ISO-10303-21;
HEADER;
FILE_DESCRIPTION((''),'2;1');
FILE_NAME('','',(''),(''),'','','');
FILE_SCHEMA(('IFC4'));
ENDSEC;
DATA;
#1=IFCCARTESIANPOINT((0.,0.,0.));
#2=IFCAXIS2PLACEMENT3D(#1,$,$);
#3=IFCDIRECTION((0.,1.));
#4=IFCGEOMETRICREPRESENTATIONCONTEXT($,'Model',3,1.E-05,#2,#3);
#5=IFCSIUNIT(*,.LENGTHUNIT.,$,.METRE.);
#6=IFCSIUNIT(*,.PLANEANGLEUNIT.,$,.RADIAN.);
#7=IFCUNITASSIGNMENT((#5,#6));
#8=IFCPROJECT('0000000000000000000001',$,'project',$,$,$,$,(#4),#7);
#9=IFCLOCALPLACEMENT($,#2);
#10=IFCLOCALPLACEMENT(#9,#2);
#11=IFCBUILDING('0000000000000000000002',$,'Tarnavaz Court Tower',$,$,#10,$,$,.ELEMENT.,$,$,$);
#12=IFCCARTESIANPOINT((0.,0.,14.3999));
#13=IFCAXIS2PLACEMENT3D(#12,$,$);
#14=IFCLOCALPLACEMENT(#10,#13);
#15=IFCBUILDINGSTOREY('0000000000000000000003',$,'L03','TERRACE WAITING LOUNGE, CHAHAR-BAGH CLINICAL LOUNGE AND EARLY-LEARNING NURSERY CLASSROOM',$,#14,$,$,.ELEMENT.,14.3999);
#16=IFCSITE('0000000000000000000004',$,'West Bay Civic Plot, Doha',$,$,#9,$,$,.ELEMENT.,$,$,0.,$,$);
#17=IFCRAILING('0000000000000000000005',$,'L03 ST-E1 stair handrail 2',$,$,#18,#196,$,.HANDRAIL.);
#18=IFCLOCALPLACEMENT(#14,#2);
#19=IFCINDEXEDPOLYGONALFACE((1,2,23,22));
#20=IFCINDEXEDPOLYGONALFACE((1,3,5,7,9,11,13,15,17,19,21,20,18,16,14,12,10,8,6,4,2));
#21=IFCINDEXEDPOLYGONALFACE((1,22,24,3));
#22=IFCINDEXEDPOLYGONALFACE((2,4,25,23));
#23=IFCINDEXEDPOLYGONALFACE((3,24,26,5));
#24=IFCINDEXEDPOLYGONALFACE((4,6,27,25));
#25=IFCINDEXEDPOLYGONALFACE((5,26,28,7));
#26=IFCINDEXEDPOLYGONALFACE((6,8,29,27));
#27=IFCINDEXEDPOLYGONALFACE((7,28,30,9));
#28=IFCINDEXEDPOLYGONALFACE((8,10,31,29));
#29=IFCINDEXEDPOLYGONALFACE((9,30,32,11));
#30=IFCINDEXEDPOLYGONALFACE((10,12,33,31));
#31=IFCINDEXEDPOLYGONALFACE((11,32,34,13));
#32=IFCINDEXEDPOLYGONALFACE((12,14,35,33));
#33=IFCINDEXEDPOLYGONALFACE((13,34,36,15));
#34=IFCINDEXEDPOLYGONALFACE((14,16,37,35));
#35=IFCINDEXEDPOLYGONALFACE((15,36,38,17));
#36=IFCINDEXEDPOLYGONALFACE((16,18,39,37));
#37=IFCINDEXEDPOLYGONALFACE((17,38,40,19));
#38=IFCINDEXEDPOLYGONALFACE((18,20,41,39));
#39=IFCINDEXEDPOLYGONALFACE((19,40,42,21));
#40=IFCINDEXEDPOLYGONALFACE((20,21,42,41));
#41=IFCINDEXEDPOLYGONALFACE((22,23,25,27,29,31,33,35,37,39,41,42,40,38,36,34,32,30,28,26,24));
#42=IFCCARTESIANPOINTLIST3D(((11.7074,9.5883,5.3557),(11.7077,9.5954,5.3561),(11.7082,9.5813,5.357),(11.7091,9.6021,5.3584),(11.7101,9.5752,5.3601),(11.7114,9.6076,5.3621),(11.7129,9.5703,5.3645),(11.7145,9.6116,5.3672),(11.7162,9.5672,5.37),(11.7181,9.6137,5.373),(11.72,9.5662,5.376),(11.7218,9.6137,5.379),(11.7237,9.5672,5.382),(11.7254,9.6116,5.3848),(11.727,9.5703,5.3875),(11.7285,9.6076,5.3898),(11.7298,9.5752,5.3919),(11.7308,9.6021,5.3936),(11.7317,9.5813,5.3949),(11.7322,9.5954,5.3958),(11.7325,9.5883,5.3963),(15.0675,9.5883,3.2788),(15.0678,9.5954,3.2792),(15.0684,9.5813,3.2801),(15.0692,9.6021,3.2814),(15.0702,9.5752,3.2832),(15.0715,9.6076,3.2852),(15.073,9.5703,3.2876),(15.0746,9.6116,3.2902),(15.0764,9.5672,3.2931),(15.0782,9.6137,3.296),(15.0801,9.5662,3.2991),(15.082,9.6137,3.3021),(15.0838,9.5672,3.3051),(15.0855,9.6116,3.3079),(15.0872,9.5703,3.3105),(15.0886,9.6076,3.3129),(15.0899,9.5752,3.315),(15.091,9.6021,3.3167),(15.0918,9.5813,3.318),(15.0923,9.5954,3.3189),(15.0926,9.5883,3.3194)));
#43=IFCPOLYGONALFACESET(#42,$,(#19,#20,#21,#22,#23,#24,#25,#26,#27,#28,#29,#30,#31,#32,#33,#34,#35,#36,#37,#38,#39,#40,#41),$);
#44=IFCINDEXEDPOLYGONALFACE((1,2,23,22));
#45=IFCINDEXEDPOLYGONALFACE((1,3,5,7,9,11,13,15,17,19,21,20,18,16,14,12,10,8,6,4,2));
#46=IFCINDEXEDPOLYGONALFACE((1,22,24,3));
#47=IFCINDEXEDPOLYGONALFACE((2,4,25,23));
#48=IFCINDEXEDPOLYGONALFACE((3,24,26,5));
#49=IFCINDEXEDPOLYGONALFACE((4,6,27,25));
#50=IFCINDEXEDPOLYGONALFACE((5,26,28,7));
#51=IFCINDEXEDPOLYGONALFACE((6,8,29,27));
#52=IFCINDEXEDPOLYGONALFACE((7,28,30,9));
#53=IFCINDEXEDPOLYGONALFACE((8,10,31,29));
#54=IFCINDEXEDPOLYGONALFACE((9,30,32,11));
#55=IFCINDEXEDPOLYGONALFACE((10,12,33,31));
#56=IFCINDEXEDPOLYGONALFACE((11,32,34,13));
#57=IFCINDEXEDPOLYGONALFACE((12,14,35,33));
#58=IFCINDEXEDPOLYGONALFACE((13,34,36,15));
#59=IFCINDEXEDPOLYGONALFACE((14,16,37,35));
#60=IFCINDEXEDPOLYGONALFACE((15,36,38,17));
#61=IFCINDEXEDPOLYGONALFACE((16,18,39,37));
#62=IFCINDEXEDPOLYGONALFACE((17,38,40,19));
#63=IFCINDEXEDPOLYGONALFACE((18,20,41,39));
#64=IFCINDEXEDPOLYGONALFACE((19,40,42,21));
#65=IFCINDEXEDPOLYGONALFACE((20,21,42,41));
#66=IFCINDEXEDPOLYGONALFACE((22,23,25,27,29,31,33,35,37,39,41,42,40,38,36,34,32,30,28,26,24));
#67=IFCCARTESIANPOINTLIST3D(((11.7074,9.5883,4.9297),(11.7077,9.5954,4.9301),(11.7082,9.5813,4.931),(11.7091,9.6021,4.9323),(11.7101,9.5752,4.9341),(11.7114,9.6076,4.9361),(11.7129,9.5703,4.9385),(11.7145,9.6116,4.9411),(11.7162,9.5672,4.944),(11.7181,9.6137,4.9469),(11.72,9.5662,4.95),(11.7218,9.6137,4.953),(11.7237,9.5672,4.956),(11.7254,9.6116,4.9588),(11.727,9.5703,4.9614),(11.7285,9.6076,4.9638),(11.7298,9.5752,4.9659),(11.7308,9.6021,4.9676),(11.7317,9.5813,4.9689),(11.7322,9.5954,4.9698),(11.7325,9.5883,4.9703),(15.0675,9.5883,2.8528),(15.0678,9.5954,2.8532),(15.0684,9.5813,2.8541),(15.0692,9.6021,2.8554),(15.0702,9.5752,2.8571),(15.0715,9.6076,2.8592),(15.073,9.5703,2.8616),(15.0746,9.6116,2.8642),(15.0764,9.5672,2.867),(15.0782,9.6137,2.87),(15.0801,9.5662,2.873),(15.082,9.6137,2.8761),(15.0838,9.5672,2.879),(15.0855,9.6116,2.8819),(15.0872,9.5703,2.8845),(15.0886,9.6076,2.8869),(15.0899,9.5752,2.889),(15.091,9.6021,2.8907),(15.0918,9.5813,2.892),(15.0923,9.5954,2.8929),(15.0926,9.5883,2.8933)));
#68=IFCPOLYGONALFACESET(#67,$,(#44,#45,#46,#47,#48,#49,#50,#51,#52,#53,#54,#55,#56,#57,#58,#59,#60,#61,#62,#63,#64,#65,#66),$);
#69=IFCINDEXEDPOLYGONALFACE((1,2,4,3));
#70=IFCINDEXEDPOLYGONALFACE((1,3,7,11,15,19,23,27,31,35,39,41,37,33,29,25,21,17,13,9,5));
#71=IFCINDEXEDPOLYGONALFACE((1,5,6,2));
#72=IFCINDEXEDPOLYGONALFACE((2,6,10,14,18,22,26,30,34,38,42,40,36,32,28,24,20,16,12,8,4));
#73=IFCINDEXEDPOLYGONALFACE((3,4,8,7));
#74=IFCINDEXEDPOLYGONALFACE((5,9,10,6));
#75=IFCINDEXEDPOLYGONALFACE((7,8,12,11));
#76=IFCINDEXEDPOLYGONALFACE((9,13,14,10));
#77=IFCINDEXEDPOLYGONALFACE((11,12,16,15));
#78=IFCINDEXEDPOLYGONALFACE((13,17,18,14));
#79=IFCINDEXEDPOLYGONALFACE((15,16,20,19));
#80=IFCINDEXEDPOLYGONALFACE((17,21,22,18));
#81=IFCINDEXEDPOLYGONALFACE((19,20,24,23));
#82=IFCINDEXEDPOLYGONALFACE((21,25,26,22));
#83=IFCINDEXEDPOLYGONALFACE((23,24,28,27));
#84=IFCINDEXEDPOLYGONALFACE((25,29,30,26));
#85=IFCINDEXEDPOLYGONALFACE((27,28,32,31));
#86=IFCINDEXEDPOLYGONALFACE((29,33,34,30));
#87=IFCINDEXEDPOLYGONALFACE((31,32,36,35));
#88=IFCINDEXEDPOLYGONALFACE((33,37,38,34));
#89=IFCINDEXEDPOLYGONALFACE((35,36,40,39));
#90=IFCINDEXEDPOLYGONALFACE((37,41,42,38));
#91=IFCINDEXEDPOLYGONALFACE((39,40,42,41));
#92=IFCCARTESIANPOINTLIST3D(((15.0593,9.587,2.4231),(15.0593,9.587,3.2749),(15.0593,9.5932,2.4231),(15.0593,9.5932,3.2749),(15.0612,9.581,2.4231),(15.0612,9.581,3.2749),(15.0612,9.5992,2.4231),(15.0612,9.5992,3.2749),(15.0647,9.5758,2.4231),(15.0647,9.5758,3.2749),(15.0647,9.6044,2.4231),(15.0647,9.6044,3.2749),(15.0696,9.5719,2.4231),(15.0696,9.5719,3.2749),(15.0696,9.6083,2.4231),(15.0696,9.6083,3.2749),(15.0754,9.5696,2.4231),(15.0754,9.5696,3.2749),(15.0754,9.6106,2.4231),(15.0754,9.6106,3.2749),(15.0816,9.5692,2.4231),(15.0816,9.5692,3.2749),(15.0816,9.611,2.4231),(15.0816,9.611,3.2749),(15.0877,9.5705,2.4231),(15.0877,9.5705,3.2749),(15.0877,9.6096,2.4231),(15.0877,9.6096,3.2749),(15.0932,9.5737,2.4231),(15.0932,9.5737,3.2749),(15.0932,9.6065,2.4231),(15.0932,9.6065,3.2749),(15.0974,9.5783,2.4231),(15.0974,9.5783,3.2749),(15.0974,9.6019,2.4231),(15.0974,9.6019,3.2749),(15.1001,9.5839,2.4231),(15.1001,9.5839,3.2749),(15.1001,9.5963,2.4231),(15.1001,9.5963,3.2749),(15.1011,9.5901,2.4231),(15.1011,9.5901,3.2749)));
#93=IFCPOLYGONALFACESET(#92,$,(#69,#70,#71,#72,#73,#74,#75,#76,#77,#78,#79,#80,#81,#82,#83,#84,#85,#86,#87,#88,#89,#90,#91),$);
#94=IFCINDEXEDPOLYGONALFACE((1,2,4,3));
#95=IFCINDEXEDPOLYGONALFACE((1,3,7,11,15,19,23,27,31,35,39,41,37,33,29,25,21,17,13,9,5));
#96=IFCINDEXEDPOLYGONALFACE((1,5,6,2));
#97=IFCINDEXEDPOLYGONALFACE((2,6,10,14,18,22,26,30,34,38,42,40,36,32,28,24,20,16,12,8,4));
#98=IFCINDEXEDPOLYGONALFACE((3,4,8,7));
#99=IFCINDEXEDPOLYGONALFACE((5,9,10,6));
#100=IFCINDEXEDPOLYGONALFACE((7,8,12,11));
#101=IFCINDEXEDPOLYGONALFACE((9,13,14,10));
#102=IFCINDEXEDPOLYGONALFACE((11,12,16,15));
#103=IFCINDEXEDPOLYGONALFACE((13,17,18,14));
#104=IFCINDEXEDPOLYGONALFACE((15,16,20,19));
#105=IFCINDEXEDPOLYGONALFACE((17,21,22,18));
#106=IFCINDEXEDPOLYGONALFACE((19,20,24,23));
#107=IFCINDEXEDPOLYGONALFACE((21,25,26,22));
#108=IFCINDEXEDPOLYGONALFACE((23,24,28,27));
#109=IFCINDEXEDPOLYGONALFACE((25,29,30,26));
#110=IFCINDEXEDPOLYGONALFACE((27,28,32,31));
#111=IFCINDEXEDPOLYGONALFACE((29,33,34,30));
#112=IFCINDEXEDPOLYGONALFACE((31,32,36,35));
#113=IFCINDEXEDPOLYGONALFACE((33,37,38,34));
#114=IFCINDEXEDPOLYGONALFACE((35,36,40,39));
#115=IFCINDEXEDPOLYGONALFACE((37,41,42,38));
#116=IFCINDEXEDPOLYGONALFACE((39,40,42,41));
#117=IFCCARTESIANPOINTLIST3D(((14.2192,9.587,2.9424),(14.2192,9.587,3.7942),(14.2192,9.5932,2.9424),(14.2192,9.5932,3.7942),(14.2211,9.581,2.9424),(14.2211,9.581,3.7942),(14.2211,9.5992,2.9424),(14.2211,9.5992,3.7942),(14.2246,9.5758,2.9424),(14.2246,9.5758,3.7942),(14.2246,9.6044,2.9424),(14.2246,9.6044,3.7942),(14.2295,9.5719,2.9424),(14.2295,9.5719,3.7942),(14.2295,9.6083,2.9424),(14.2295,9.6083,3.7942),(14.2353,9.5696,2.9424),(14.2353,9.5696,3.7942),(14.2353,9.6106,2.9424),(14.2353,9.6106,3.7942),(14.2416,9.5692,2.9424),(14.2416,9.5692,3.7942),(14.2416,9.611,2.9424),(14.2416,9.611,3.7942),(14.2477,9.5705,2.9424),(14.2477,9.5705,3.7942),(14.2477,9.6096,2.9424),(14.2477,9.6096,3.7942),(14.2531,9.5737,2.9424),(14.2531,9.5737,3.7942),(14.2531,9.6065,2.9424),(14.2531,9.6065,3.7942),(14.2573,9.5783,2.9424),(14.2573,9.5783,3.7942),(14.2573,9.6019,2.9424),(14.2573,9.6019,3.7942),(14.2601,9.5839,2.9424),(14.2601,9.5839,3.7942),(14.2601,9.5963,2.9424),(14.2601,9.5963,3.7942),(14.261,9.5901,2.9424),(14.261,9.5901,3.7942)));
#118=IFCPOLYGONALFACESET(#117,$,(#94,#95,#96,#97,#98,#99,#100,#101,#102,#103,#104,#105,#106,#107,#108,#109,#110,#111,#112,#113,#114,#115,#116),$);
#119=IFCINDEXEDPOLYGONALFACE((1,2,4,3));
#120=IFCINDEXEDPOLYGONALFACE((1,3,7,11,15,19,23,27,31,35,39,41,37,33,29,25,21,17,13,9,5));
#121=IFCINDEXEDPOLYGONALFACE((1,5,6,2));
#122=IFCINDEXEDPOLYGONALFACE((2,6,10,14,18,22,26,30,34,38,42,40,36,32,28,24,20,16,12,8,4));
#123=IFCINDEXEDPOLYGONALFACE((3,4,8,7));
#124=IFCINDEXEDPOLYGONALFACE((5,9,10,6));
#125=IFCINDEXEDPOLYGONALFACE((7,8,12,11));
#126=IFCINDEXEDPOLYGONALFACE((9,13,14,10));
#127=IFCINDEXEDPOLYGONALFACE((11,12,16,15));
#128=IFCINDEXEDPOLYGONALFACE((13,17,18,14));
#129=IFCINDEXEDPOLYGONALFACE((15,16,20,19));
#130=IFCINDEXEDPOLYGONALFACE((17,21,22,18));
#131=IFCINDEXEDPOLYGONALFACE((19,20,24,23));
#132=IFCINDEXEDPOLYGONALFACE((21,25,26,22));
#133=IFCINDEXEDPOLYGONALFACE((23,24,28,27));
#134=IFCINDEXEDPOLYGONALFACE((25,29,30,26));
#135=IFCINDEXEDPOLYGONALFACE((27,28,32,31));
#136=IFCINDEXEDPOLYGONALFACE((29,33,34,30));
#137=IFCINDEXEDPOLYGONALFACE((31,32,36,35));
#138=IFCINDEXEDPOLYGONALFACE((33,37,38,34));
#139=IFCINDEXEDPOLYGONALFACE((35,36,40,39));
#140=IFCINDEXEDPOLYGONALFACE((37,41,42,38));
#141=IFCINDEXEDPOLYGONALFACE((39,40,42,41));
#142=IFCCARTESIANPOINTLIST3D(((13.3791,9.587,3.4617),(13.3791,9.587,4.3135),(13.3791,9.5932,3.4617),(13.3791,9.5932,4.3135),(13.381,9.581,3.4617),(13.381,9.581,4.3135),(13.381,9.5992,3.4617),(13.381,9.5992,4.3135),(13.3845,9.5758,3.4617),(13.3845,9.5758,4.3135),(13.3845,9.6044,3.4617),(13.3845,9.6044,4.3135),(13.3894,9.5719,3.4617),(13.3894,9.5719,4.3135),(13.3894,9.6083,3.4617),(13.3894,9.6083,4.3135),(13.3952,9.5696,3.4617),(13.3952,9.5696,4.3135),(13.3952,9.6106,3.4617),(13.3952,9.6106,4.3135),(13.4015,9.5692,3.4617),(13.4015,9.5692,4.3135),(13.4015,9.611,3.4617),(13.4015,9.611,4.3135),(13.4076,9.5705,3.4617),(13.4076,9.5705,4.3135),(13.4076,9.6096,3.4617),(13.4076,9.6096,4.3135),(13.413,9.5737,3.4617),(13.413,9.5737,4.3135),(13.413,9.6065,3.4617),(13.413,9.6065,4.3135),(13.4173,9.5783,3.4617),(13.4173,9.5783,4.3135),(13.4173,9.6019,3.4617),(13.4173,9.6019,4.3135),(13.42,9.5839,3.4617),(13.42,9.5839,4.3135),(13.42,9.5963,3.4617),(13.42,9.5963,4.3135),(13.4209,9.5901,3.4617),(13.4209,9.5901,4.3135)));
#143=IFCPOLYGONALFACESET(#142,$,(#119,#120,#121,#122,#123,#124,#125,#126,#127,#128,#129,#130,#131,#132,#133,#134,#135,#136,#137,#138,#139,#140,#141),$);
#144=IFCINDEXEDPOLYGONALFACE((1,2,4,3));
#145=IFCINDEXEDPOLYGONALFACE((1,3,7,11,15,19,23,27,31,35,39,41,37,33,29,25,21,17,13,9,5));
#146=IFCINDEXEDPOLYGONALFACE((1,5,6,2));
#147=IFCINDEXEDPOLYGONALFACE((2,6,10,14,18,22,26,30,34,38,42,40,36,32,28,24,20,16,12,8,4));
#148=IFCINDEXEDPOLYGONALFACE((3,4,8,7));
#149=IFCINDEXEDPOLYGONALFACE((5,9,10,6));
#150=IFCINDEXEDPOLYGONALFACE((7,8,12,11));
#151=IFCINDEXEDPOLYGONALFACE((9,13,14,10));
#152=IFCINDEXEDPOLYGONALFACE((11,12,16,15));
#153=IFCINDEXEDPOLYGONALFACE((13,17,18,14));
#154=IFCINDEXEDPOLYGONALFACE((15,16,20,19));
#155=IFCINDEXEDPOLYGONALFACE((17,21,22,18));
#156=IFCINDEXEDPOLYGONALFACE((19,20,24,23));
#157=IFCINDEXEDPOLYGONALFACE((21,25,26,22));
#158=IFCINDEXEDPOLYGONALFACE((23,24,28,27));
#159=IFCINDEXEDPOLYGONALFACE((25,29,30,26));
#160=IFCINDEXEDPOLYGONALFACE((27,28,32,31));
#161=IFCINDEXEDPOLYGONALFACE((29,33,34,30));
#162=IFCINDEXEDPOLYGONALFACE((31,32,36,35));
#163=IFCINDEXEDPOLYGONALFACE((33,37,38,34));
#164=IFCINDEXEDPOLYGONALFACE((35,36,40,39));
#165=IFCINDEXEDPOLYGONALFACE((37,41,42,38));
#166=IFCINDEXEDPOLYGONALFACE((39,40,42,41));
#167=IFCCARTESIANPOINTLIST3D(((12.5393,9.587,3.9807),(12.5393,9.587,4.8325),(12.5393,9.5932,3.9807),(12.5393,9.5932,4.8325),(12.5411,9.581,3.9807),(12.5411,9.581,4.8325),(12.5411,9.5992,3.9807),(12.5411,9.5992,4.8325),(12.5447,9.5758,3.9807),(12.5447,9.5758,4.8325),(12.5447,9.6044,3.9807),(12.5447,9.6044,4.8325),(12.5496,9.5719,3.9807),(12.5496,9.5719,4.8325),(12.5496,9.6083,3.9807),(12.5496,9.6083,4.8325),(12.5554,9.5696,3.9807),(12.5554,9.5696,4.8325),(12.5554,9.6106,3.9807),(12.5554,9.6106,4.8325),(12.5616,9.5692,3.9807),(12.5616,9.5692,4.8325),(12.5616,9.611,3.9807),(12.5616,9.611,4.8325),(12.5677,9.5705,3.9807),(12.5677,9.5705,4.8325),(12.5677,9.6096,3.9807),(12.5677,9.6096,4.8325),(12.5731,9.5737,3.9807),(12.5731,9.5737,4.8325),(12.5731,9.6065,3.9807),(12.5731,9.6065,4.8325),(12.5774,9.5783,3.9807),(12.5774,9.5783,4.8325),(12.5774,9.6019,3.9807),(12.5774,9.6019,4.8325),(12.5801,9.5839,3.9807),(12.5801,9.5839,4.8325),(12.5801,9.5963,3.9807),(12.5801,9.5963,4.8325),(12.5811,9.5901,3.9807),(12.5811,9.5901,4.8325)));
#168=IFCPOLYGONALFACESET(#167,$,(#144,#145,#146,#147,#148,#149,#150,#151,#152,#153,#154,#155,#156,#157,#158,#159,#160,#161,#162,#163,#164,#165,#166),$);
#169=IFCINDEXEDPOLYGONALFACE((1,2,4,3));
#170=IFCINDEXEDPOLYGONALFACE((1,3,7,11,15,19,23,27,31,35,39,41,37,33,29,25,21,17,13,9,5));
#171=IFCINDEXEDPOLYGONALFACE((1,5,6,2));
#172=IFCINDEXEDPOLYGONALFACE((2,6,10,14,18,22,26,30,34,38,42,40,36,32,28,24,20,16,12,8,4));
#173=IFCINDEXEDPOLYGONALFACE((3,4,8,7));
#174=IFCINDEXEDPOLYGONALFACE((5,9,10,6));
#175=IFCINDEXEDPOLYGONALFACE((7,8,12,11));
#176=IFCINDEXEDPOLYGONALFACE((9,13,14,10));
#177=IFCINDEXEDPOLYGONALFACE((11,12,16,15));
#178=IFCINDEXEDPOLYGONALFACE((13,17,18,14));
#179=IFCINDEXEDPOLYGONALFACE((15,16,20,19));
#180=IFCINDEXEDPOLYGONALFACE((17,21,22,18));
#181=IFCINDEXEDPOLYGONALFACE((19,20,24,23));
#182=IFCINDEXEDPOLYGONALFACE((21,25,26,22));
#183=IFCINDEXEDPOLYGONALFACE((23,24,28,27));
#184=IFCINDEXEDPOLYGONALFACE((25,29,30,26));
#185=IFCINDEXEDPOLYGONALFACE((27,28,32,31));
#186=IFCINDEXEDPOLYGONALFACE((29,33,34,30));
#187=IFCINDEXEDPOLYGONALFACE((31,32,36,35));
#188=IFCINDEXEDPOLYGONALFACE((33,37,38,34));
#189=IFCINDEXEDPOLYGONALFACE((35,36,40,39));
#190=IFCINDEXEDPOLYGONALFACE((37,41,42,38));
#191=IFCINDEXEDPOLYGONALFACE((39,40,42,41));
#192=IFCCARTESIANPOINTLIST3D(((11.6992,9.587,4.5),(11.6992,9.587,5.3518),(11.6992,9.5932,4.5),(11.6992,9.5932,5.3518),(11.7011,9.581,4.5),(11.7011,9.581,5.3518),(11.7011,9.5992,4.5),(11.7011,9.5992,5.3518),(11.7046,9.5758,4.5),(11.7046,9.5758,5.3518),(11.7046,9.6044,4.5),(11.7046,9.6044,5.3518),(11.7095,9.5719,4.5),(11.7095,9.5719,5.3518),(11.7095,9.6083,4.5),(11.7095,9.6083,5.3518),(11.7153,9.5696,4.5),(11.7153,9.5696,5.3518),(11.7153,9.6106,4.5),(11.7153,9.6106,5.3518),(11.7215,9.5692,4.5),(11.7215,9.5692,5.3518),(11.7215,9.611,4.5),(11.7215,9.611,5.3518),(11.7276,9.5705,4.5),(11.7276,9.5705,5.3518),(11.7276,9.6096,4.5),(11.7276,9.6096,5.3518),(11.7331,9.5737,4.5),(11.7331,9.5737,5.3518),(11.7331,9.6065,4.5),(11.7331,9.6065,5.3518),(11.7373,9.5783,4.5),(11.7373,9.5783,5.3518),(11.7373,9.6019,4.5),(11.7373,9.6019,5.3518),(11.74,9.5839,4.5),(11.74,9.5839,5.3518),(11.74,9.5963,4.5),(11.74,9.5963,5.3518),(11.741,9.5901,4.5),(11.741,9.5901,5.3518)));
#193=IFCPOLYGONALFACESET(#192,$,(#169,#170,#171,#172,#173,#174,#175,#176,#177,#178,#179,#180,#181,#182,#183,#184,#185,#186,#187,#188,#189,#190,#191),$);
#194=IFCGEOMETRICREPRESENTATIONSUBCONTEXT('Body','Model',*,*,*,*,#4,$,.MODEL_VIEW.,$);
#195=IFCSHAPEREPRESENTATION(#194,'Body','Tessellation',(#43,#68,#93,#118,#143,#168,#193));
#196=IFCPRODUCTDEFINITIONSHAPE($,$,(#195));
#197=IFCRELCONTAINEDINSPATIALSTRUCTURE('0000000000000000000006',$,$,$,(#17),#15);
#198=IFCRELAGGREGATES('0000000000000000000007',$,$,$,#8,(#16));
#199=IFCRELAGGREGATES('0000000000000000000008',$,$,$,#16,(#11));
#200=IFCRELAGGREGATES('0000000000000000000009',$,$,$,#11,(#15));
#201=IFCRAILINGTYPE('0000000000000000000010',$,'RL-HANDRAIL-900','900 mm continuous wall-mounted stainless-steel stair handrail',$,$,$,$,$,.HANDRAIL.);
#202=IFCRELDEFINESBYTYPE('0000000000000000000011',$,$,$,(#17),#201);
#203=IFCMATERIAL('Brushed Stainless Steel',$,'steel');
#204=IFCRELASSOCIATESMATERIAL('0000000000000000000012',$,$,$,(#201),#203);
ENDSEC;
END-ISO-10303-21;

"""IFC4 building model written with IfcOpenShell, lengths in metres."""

from ifc_helpers import new_model, si_unit, direction, frame, origin, origin_2d, place, context, subcontext, project, spatial, circle, extrude, material, type_object, element, save


model = new_model("IFC4")

# Units and contexts
model_context = context("Model", 3, precision=1e-05, world=origin(), true_north=direction((0.0, 1.0)))
body_context = subcontext(model_context, "Body", "Model", "MODEL_VIEW")
ifc_project = project(units=[si_unit("LENGTHUNIT", "METRE"), si_unit("PLANEANGLEUNIT", "RADIAN")], contexts=[model_context])

# Site, building, storey
site_placement = place(None, origin())
site = spatial("IfcSite", under=ifc_project, at=site_placement, Name="West Bay Civic Plot, Doha", CompositionType="ELEMENT", RefElevation=0.0)
building_placement = place(site_placement, origin())
building = spatial("IfcBuilding", under=site, at=building_placement, Name="Tarnavaz Court Tower", CompositionType="ELEMENT")
storey_placement = place(building_placement, frame((0.0, 0.0, 14.3999)))
storey = spatial("IfcBuildingStorey", under=building, at=storey_placement, Name="L03", Description="TERRACE WAITING LOUNGE, CHAHAR-BAGH CLINICAL LOUNGE AND EARLY-LEARNING NURSERY CLASSROOM", CompositionType="ELEMENT", Elevation=14.3999)

# Railing
ifc_material_1 = material(Name="Brushed Stainless Steel", Category="steel")
railing_type_1 = type_object("IfcRailingType", Name="RL-HANDRAIL-900", Description="900 mm continuous wall-mounted stainless-steel stair handrail", PredefinedType="HANDRAIL", material=ifc_material_1)
railing_1_placement = place(storey_placement, frame((15.0801, 9.5901, 2.4231)))
element("IfcRailing", 1, at=railing_1_placement, inside=storey, type_object=railing_type_1, Name="L03 ST-E1 stair handrail 2", PredefinedType="HANDRAIL", context=body_context, shape_type="SweptSolid", body=[
    extrude(circle(Radius=0.0239, at=origin_2d()), frame((0.0, 0.0, 0.876), z_axis=(-0.850623, 0.0, 0.525776), x_axis=(0.0, -1.0, 0.0)), (0.0, 0.0, 1.0), 3.9502),
    extrude(circle(Radius=0.0239, at=origin_2d()), frame((0.0, 0.0, 0.45), z_axis=(-0.850623, 0.0, 0.525776), x_axis=(0.0, -1.0, 0.0)), (0.0, 0.0, 1.0), 3.9502),
    extrude(circle(Radius=0.021, at=origin_2d()), origin(), (0.0, 0.0, 1.0), 0.8518),
    extrude(circle(Radius=0.021, at=origin_2d()), frame((-0.8401, 0.0, 0.5193)), (0.0, 0.0, 1.0), 0.8518),
    extrude(circle(Radius=0.021, at=origin_2d()), frame((-1.6802, 0.0, 1.0386)), (0.0, 0.0, 1.0), 0.8518),
    extrude(circle(Radius=0.021, at=origin_2d()), frame((-2.52, 0.0, 1.5576)), (0.0, 0.0, 1.0), 0.8518),
    extrude(circle(Radius=0.021, at=origin_2d()), frame((-3.3601, 0.0, 2.0769)), (0.0, 0.0, 1.0), 0.8518),
])

save(model, "model.ifc")
